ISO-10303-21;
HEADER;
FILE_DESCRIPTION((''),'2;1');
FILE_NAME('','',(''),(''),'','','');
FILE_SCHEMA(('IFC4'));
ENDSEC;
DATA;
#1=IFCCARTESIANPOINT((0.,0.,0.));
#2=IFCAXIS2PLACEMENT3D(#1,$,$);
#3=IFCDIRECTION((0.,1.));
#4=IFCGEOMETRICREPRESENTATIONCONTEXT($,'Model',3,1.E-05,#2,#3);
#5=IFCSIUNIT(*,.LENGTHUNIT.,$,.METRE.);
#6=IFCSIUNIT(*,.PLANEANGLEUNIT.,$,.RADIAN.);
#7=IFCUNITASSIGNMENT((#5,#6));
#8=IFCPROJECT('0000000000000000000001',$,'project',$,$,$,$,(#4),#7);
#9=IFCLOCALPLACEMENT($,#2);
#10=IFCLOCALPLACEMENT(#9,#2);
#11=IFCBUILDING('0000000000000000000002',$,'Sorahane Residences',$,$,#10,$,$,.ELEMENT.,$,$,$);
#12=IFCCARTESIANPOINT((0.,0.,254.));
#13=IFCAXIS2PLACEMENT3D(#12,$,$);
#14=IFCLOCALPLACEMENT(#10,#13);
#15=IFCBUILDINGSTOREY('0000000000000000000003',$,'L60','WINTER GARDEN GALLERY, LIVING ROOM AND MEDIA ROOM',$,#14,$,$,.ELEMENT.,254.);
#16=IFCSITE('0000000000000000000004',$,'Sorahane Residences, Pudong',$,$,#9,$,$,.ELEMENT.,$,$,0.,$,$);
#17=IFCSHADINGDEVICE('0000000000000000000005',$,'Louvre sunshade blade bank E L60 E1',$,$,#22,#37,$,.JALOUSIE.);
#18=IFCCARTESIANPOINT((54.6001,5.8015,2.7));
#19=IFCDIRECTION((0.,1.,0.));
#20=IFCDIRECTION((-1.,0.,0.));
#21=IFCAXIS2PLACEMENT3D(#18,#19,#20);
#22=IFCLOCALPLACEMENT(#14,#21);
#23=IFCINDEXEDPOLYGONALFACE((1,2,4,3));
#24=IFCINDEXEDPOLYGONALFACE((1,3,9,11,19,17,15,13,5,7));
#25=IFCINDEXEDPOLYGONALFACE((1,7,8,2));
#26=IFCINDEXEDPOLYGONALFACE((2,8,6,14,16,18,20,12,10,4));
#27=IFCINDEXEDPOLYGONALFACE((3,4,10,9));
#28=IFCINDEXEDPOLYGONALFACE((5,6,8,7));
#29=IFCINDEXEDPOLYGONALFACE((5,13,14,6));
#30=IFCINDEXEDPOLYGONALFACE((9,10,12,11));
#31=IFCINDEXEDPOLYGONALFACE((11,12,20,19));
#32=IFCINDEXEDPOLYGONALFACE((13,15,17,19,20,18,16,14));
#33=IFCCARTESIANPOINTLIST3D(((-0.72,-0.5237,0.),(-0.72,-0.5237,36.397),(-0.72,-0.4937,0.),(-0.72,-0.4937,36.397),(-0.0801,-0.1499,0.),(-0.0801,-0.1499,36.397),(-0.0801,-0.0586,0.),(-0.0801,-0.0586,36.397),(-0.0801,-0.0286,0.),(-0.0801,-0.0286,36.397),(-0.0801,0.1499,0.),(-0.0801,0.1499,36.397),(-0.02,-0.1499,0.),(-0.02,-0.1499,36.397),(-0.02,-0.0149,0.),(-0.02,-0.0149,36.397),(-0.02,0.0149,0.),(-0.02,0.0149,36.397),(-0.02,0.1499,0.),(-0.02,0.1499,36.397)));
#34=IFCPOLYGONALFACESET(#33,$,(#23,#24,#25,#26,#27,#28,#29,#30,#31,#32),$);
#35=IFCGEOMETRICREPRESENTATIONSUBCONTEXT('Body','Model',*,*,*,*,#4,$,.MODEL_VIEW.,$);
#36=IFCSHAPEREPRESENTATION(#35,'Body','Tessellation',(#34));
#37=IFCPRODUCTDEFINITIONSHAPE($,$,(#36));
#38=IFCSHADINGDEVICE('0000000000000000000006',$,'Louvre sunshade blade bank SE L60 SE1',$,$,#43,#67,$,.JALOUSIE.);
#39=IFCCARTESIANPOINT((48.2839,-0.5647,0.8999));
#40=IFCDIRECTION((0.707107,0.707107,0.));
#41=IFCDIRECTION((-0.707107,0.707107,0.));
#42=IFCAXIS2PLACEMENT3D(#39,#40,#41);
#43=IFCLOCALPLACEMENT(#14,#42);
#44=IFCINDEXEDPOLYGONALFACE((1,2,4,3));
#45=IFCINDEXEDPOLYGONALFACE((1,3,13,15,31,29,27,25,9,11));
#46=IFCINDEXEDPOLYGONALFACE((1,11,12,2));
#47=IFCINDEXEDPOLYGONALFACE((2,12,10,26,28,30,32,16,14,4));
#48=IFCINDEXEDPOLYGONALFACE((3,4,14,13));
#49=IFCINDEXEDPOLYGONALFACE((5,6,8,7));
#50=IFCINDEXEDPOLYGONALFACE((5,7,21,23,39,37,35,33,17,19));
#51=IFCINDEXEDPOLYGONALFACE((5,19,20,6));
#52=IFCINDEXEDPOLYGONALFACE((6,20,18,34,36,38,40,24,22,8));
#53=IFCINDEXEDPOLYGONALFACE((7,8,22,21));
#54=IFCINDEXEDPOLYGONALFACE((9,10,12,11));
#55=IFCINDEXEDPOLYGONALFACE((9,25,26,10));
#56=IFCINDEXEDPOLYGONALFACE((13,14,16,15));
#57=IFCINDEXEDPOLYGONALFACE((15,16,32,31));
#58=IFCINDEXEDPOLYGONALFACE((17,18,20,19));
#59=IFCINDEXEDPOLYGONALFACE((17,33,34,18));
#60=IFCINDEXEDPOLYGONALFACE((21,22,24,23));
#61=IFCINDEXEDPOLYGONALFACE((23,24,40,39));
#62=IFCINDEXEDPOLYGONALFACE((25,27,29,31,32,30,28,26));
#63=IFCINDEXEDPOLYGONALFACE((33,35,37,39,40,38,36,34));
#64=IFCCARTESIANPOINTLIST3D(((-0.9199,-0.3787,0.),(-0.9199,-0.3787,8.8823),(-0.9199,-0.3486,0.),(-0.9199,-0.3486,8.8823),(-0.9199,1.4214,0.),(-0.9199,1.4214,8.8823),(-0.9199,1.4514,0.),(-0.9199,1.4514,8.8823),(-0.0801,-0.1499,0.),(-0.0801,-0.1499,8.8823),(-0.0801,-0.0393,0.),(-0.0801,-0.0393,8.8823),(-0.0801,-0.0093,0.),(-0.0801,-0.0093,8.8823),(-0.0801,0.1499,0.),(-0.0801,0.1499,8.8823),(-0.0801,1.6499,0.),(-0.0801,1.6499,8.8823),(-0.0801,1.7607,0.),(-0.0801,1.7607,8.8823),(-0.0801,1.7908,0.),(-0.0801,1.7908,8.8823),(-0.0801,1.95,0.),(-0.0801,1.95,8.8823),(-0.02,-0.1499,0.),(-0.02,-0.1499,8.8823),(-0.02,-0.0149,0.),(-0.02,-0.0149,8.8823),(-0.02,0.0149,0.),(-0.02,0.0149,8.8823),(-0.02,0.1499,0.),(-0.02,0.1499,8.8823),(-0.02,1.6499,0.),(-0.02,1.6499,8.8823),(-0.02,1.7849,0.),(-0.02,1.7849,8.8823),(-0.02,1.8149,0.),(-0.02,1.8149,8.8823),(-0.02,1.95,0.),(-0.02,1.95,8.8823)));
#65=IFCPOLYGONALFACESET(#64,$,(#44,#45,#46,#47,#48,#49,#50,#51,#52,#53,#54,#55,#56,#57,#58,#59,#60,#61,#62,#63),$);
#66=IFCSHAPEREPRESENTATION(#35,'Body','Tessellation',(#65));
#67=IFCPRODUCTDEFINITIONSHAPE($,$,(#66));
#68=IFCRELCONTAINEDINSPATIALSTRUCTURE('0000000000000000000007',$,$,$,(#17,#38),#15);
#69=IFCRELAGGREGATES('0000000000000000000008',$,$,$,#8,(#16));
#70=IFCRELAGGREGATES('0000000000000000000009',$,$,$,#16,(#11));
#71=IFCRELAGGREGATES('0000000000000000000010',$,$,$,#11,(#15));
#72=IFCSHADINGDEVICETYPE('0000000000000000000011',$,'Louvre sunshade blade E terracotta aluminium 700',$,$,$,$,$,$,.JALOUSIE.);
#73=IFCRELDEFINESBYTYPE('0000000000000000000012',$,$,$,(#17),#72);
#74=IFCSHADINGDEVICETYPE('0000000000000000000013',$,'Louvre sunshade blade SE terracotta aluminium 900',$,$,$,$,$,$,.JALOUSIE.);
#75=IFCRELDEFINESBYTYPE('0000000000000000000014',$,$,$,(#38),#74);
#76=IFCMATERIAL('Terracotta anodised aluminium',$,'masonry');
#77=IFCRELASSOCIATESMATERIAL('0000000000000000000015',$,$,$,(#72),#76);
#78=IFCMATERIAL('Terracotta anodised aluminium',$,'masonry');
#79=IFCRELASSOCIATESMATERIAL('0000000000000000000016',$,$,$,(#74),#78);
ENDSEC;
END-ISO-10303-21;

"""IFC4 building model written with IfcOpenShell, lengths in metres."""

from ifc_helpers import new_model, si_unit, direction, frame, origin, place, context, subcontext, project, spatial, polyline, outline, composite_profile, extrude, material, type_object, element, save


model = new_model("IFC4")

# Units and contexts
model_context = context("Model", 3, precision=1e-05, world=origin(), true_north=direction((0.0, 1.0)))
body_context = subcontext(model_context, "Body", "Model", "MODEL_VIEW")
ifc_project = project(units=[si_unit("LENGTHUNIT", "METRE"), si_unit("PLANEANGLEUNIT", "RADIAN")], contexts=[model_context])

# Site, building, storey
site_placement = place(None, origin())
site = spatial("IfcSite", under=ifc_project, at=site_placement, Name="Sorahane Residences, Pudong", CompositionType="ELEMENT", RefElevation=0.0)
building_placement = place(site_placement, origin())
building = spatial("IfcBuilding", under=site, at=building_placement, Name="Sorahane Residences", CompositionType="ELEMENT")
storey_placement = place(building_placement, frame((0.0, 0.0, 254.0)))
storey = spatial("IfcBuildingStorey", under=building, at=storey_placement, Name="L60", Description="WINTER GARDEN GALLERY, LIVING ROOM AND MEDIA ROOM", CompositionType="ELEMENT", Elevation=254.0)

# Shading devices
ifc_material_1 = material(Name="Terracotta anodised aluminium", Category="masonry")
shading_device_type_1 = type_object("IfcShadingDeviceType", Name="Louvre sunshade blade E terracotta aluminium 700", PredefinedType="JALOUSIE", material=ifc_material_1)
shading_device_1_placement = place(storey_placement, frame((54.6001, 5.8015, 2.7), z_axis=(0.0, 1.0, 0.0), x_axis=(-1.0, 0.0, 0.0)))
element("IfcShadingDevice", 1, at=shading_device_1_placement, inside=storey, type_object=shading_device_type_1, Name="Louvre sunshade blade bank E L60 E1", PredefinedType="JALOUSIE", context=body_context, shape_type="SweptSolid", body=[
    extrude(outline(polyline([(-0.72, -0.4937), (-0.72, -0.5237), (-0.0801, -0.0586), (-0.0801, -0.1499), (-0.02, -0.1499), (-0.02, -0.0149), (-0.02, 0.0149), (-0.02, 0.1499), (-0.0801, 0.1499), (-0.0801, -0.0286), (-0.72, -0.4937)])), origin(), (0.0, 0.0, 1.0), 36.397),
])
ifc_material_2 = material(Name="Terracotta anodised aluminium", Category="masonry")
shading_device_type_2 = type_object("IfcShadingDeviceType", Name="Louvre sunshade blade SE terracotta aluminium 900", PredefinedType="JALOUSIE", material=ifc_material_2)
shading_device_2_placement = place(storey_placement, frame((48.2839, -0.5647, 0.8999), z_axis=(0.707107, 0.707107, 0.0), x_axis=(-0.707107, 0.707107, 0.0)))
element("IfcShadingDevice", 2, at=shading_device_2_placement, inside=storey, type_object=shading_device_type_2, Name="Louvre sunshade blade bank SE L60 SE1", PredefinedType="JALOUSIE", context=body_context, shape_type="SweptSolid", body=[
    extrude(composite_profile([outline(polyline([(-0.9199, -0.3486), (-0.9199, -0.3787), (-0.0801, -0.0393), (-0.0801, -0.1499), (-0.02, -0.1499), (-0.02, -0.0149), (-0.02, 0.0149), (-0.02, 0.1499), (-0.0801, 0.1499), (-0.0801, -0.0093), (-0.9199, -0.3486)])), outline(polyline([(-0.9199, 1.4514), (-0.9199, 1.4214), (-0.0801, 1.7607), (-0.0801, 1.6499), (-0.02, 1.6499), (-0.02, 1.7849), (-0.02, 1.8149), (-0.02, 1.95), (-0.0801, 1.95), (-0.0801, 1.7908), (-0.9199, 1.4514)]))]), origin(), (0.0, 0.0, 1.0), 8.8823),
])

save(model, "model.ifc")
